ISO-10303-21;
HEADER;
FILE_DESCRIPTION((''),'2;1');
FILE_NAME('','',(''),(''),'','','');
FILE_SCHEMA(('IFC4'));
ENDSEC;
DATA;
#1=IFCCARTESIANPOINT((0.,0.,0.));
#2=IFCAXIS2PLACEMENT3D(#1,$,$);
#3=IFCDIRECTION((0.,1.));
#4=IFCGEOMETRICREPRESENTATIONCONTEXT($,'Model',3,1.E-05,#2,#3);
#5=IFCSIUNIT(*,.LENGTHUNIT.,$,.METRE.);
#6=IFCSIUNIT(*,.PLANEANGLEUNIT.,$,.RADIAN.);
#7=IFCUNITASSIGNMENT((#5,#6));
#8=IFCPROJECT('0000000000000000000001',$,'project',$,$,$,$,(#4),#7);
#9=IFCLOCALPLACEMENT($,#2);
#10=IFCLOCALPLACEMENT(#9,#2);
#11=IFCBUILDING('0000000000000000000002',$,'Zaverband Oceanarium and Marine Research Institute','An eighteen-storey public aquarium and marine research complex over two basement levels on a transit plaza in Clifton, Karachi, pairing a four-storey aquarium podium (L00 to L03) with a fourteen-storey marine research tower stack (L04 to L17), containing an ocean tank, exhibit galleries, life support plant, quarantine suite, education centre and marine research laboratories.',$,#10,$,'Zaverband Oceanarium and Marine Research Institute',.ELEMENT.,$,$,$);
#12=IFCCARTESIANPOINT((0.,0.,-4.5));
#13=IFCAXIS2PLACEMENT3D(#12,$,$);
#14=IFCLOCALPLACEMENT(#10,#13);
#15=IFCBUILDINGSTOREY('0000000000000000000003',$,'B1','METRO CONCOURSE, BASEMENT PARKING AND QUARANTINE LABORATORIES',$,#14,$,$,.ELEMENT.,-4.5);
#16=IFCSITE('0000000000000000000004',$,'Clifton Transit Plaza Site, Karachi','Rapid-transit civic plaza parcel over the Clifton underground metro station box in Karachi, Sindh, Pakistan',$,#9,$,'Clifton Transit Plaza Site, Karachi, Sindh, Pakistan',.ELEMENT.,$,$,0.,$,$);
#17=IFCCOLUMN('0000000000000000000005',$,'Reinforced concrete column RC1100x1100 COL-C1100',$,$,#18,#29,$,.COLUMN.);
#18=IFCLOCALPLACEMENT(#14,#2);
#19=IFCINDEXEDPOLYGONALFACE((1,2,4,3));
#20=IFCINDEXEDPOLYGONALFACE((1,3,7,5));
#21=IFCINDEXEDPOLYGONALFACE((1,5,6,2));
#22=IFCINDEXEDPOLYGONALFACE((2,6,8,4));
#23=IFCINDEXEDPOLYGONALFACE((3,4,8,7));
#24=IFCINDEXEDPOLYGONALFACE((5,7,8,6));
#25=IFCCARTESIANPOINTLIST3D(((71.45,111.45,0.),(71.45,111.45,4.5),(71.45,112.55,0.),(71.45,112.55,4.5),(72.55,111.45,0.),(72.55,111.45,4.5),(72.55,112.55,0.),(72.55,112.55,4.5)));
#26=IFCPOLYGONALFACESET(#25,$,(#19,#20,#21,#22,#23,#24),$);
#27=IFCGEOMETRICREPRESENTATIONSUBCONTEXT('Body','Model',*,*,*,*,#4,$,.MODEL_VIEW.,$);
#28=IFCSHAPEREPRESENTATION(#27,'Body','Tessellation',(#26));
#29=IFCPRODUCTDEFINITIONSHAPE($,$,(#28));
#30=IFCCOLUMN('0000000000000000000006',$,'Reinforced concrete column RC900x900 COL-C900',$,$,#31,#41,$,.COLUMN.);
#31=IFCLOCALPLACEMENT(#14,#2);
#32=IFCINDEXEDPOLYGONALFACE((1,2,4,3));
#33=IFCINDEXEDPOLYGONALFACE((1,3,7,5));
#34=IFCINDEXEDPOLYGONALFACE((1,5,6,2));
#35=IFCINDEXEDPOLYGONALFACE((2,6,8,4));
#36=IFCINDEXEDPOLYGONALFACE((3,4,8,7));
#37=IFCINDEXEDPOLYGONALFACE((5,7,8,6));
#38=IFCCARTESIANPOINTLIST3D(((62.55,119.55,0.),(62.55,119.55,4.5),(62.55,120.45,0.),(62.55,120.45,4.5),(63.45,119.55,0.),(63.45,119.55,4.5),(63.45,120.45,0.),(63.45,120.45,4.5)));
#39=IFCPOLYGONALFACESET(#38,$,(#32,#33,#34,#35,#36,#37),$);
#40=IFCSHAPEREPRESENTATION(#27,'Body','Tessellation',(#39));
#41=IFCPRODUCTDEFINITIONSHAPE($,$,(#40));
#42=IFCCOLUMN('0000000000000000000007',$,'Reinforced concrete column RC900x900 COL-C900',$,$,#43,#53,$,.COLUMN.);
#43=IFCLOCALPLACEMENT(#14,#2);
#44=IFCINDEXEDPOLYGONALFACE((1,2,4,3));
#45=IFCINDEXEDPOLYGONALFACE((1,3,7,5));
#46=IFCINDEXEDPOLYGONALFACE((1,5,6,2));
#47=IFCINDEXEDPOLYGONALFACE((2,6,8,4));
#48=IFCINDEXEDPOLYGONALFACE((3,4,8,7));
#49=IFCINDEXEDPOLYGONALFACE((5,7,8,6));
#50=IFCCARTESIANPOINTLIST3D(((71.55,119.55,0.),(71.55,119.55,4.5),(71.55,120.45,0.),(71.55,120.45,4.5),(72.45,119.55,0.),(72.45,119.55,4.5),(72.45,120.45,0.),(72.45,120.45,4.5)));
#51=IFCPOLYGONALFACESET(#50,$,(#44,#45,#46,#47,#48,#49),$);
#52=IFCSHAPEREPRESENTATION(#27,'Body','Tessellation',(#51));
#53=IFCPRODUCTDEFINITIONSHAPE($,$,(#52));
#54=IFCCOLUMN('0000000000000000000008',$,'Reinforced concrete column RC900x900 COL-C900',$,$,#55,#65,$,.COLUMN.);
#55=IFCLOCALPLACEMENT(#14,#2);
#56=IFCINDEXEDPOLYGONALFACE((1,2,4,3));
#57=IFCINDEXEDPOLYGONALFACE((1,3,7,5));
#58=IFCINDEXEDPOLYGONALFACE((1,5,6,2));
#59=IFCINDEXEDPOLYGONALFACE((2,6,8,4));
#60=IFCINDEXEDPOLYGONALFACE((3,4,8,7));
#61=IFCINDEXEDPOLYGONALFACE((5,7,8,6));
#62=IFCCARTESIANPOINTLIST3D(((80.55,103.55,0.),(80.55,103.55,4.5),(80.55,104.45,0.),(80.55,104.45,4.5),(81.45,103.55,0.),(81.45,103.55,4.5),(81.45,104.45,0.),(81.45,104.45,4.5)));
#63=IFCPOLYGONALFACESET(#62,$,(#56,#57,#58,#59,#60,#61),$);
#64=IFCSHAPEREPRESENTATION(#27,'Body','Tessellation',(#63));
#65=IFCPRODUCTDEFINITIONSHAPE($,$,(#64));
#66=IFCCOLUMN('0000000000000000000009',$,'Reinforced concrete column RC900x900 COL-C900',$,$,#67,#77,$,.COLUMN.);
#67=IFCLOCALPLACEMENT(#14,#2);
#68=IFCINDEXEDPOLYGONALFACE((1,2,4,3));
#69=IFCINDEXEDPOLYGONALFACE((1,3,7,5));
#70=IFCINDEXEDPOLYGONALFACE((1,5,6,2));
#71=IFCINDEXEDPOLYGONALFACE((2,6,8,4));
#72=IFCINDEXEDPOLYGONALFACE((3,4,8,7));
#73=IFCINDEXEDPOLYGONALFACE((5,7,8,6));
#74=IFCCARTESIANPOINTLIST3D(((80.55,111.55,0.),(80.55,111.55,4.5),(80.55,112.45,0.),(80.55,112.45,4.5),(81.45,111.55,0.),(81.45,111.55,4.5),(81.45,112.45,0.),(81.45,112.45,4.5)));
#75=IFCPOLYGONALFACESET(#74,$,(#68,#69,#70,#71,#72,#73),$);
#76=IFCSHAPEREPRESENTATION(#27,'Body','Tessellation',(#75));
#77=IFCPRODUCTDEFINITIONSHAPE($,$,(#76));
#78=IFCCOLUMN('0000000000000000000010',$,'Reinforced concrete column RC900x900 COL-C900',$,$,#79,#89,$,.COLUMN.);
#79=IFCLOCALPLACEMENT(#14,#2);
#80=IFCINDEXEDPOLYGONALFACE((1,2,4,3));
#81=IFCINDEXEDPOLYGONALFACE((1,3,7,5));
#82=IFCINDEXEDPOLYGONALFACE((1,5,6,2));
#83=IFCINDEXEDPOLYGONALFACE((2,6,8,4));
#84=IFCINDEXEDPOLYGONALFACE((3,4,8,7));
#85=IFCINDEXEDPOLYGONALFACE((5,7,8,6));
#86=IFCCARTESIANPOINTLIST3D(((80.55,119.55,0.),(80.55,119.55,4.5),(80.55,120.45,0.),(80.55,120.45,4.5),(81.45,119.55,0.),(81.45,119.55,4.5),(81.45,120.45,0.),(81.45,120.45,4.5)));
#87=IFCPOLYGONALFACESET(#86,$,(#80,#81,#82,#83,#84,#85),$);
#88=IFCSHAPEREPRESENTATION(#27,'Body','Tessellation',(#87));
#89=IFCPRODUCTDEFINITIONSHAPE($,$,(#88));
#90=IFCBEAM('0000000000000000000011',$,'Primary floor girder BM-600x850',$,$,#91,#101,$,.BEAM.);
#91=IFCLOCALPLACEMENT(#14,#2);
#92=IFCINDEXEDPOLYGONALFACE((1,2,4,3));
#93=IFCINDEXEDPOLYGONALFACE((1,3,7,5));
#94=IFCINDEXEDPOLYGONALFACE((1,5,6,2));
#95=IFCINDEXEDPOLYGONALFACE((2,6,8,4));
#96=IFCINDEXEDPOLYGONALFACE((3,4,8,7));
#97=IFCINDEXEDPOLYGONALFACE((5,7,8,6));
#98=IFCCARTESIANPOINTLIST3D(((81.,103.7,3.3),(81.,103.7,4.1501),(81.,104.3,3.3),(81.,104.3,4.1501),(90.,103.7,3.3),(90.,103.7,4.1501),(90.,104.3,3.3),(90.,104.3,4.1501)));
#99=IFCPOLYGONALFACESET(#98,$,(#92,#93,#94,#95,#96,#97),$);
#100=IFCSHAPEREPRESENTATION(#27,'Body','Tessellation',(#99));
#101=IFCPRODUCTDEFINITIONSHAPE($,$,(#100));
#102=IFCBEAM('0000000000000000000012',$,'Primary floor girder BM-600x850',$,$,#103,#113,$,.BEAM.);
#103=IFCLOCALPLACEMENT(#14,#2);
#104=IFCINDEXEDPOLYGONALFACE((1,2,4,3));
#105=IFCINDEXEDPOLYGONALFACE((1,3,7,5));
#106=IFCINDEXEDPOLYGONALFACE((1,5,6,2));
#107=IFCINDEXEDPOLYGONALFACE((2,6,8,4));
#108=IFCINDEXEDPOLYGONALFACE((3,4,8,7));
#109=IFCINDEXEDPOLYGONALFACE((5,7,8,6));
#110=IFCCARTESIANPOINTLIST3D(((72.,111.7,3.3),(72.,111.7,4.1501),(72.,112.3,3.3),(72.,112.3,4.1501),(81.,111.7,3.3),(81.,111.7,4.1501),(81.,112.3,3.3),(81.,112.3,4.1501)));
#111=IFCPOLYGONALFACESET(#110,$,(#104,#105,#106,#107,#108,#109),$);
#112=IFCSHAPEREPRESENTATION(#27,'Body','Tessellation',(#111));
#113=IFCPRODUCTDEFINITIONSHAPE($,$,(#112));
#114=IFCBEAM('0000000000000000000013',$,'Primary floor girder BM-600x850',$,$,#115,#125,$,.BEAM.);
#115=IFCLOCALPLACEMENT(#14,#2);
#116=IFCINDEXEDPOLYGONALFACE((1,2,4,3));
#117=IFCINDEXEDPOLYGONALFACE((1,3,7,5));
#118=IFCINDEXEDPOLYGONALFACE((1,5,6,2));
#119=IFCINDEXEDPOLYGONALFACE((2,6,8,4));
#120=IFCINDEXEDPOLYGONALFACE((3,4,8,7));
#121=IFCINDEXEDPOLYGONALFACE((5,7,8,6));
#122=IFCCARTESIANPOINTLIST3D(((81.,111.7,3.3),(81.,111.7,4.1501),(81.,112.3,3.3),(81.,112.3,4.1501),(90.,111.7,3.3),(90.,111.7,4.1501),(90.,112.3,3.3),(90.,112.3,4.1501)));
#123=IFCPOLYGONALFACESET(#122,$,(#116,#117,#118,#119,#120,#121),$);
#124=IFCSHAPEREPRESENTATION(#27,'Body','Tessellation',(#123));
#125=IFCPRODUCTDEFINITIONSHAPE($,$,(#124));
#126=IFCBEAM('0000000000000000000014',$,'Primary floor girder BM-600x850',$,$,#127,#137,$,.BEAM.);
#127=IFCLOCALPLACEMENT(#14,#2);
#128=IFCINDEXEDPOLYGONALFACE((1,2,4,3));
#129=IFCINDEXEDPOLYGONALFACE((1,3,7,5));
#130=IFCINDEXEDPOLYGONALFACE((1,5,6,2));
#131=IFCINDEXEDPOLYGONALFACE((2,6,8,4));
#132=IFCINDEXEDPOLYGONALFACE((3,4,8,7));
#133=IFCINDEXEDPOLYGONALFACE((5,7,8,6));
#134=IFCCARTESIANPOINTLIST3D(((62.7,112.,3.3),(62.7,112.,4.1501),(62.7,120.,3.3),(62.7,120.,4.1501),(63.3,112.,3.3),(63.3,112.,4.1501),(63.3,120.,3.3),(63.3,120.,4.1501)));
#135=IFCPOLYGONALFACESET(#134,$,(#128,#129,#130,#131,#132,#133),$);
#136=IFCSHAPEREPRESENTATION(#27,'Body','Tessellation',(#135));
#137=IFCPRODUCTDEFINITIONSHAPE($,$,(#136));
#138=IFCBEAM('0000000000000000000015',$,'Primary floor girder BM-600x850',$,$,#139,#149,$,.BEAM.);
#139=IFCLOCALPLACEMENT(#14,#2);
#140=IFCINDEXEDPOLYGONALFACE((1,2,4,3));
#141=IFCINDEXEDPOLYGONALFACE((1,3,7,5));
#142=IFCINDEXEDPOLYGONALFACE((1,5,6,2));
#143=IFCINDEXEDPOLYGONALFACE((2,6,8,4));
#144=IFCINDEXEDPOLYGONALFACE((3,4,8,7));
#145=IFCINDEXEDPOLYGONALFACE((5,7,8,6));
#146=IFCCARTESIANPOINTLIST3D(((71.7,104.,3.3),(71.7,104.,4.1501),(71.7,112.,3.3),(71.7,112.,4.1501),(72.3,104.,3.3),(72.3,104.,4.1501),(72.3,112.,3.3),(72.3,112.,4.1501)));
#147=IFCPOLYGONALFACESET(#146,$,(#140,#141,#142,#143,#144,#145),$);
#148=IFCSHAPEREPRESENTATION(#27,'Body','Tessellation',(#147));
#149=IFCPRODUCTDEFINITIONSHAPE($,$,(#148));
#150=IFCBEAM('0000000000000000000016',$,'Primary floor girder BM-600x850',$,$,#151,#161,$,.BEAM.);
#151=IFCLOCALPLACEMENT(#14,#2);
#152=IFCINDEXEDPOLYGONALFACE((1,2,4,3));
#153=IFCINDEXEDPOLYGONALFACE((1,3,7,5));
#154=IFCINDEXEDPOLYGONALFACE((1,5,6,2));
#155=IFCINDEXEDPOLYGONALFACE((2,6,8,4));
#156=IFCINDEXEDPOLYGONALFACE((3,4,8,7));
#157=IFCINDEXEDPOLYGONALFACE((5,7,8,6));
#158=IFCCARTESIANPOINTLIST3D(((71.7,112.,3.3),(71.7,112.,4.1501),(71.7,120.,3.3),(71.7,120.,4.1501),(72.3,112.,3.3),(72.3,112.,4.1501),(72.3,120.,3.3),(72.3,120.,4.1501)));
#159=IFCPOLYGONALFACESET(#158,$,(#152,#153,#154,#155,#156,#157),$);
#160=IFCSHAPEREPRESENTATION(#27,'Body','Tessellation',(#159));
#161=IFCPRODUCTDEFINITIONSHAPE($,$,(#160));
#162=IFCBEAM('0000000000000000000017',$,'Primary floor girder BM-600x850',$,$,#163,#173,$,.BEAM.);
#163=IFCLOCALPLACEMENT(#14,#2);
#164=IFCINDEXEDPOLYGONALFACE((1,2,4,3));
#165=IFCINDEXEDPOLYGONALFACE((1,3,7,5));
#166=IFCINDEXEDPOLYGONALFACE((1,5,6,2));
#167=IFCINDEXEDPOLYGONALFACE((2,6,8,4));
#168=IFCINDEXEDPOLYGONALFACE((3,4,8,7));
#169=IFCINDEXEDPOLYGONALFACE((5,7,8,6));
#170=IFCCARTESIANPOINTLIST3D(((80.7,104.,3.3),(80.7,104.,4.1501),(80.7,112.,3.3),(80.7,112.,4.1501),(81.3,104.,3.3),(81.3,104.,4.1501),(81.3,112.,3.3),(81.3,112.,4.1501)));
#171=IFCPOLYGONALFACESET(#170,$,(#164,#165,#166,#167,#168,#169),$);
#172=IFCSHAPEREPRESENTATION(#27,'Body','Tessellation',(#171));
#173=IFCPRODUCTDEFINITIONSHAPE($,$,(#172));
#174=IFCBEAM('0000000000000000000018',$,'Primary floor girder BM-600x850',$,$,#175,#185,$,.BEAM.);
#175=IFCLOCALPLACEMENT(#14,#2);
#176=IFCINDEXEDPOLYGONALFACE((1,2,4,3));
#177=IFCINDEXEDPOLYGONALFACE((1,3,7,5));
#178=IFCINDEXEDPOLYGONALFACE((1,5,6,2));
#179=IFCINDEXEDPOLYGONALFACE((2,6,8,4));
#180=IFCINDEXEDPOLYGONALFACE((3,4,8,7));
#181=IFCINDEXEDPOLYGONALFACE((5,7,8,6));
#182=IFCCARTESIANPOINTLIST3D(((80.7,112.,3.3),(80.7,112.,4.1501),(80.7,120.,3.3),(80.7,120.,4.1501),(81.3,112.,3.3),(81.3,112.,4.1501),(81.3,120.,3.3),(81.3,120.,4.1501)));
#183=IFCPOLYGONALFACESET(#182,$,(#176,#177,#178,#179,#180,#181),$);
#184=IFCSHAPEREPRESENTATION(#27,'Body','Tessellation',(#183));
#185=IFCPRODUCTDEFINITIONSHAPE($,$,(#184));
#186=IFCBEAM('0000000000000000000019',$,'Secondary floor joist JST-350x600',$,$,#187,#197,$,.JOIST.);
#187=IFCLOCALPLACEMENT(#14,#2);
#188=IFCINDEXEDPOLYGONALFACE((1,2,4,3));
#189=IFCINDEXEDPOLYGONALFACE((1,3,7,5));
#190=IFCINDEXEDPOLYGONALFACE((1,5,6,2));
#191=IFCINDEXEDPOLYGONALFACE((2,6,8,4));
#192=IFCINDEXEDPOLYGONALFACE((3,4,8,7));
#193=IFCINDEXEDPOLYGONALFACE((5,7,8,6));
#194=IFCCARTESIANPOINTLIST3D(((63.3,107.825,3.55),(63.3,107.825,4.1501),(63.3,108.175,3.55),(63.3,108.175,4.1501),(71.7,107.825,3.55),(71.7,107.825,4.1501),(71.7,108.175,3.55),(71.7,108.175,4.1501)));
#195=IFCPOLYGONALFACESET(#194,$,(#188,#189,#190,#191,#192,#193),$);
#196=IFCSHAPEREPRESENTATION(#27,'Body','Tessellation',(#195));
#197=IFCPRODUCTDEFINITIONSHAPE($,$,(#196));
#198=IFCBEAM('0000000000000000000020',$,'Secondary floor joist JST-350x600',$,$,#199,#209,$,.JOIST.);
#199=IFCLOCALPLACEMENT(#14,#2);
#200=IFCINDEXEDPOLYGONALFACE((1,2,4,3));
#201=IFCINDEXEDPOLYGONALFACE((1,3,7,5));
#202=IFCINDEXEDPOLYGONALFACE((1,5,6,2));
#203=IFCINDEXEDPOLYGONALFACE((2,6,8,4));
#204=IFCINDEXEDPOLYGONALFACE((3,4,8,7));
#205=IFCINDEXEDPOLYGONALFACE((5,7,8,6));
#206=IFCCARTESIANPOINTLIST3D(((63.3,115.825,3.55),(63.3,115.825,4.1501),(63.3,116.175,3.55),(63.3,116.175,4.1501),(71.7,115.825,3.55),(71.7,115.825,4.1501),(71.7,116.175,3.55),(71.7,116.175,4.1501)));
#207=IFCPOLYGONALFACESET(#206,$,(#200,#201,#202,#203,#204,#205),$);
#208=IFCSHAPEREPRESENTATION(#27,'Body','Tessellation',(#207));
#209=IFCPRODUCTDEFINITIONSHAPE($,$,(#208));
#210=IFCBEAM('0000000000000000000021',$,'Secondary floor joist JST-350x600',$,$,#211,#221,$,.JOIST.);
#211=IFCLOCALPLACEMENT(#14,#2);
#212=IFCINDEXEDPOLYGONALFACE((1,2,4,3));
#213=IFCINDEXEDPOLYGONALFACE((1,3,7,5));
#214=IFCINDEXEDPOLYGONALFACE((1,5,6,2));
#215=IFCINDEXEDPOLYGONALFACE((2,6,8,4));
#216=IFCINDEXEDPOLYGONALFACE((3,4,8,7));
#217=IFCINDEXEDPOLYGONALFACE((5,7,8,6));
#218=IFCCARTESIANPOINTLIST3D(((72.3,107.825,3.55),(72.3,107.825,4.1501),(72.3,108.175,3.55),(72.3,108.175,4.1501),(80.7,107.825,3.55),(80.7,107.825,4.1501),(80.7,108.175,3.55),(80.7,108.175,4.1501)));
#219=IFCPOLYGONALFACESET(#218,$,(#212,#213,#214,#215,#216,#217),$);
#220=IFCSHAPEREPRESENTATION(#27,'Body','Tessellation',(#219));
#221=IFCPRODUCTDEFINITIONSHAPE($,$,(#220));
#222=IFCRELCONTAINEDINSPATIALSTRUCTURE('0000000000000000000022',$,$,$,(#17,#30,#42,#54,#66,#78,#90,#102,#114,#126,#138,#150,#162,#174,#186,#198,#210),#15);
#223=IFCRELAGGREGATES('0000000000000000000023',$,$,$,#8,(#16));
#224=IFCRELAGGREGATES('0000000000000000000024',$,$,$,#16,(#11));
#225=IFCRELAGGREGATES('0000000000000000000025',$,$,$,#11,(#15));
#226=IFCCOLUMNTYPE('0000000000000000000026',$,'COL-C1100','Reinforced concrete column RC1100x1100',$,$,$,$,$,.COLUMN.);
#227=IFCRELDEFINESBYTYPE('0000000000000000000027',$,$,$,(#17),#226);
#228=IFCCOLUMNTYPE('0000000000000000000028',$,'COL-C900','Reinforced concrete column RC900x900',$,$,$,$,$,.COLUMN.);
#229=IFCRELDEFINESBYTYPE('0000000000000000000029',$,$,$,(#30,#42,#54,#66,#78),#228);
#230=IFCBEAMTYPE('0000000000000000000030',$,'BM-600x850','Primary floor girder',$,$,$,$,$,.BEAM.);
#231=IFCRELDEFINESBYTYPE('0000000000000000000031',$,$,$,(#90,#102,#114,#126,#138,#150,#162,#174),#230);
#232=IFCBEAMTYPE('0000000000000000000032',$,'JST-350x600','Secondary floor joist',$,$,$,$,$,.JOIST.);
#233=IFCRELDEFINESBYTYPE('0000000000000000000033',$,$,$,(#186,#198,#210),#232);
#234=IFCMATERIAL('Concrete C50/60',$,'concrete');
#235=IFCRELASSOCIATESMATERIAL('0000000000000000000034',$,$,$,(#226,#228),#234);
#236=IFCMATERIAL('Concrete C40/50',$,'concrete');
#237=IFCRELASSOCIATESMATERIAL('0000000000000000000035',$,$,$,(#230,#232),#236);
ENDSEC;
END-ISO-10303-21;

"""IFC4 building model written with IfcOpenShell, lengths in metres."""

from ifc_helpers import new_model, si_unit, direction, frame, origin, origin_2d, place, context, subcontext, project, spatial, rectangle, extrude, material, material_profile, profile_set, type_object, element, save


model = new_model("IFC4")

# Units and contexts
model_context = context("Model", 3, precision=1e-05, world=origin(), true_north=direction((0.0, 1.0)))
body_context = subcontext(model_context, "Body", "Model", "MODEL_VIEW")
ifc_project = project(units=[si_unit("LENGTHUNIT", "METRE"), si_unit("PLANEANGLEUNIT", "RADIAN")], contexts=[model_context])

# Site, building, storey
site_placement = place(None, origin())
site = spatial("IfcSite", under=ifc_project, at=site_placement, Name="Clifton Transit Plaza Site, Karachi", Description="Rapid-transit civic plaza parcel over the Clifton underground metro station box in Karachi, Sindh, Pakistan", LongName="Clifton Transit Plaza Site, Karachi, Sindh, Pakistan", CompositionType="ELEMENT", RefElevation=0.0)
building_placement = place(site_placement, origin())
building = spatial("IfcBuilding", under=site, at=building_placement, Name="Zaverband Oceanarium and Marine Research Institute", Description="An eighteen-storey public aquarium and marine research complex over two basement levels on a transit plaza in Clifton, Karachi, pairing a four-storey aquarium podium (L00 to L03) with a fourteen-storey marine research tower stack (L04 to L17), containing an ocean tank, exhibit galleries, life support plant, quarantine suite, education centre and marine research laboratories.", LongName="Zaverband Oceanarium and Marine Research Institute", CompositionType="ELEMENT")
storey_placement = place(building_placement, frame((0.0, 0.0, -4.5)))
storey = spatial("IfcBuildingStorey", under=building, at=storey_placement, Name="B1", Description="METRO CONCOURSE, BASEMENT PARKING AND QUARANTINE LABORATORIES", CompositionType="ELEMENT", Elevation=-4.5)

# Columns
ifc_material_1 = material(Name="Concrete C50/60", Category="concrete")
ifc_material_profile_1 = material_profile(ifc_material_1, rectangle(XDim=1.1001, YDim=1.1001, at=origin_2d()), Name="RC1100x1100")
ifc_profile_set_1 = profile_set([ifc_material_profile_1], Name="Concrete C50/60")
column_type_1 = type_object("IfcColumnType", Name="COL-C1100", Description="Reinforced concrete column RC1100x1100", PredefinedType="COLUMN", material=ifc_profile_set_1)
column_placement = place(storey_placement, frame((72.0, 112.0, 0.0), z_axis=(0.0, 0.0, 1.0), x_axis=(1.0, 0.0, 0.0)))
element("IfcColumn", 1, at=column_placement, inside=storey, type_object=column_type_1, Name="Reinforced concrete column RC1100x1100 COL-C1100", PredefinedType="COLUMN", context=body_context, shape_type="SweptSolid", body=[
    extrude(rectangle(XDim=1.1001, YDim=1.1001, at=origin_2d()), origin(), (0.0, 0.0, 1.0), 4.5),
])
ifc_material_profile_2 = material_profile(ifc_material_1, rectangle(XDim=0.8999, YDim=0.8999, at=origin_2d()), Name="RC900x900")
ifc_profile_set_2 = profile_set([ifc_material_profile_2], Name="Concrete C50/60")
column_type_2 = type_object("IfcColumnType", Name="COL-C900", Description="Reinforced concrete column RC900x900", PredefinedType="COLUMN", material=ifc_profile_set_2)
for number, where, z_axis, x_axis, name in (
    (2, (63.0, 120.0, 0.0), (0.0, 0.0, 1.0), (1.0, 0.0, 0.0), "Reinforced concrete column RC900x900 COL-C900"),
    (3, (72.0, 120.0, 0.0), (0.0, 0.0, 1.0), (1.0, 0.0, 0.0), "Reinforced concrete column RC900x900 COL-C900"),
    (4, (81.0, 104.0, 0.0), (0.0, 0.0, 1.0), (1.0, 0.0, 0.0), "Reinforced concrete column RC900x900 COL-C900"),
    (5, (81.0, 112.0, 0.0), (0.0, 0.0, 1.0), (1.0, 0.0, 0.0), "Reinforced concrete column RC900x900 COL-C900"),
    (6, (81.0, 120.0, 0.0), (0.0, 0.0, 1.0), (1.0, 0.0, 0.0), "Reinforced concrete column RC900x900 COL-C900"),
):
    element("IfcColumn", number, at=place(storey_placement, frame(where, z_axis=z_axis, x_axis=x_axis)), inside=storey, type_object=column_type_2, Name=name, PredefinedType="COLUMN", context=body_context, shape_type="SweptSolid", body=[
        extrude(rectangle(XDim=0.8999, YDim=0.8999, at=origin_2d()), origin(), (0.0, 0.0, 1.0), 4.5),
    ])

# Beams
ifc_material_2 = material(Name="Concrete C40/50", Category="concrete")
ifc_material_profile_3 = material_profile(ifc_material_2, rectangle(XDim=0.6001, YDim=0.8501, at=origin_2d()), Name="RC600x850")
ifc_profile_set_3 = profile_set([ifc_material_profile_3], Name="Concrete C40/50")
beam_type_1 = type_object("IfcBeamType", Name="BM-600x850", Description="Primary floor girder", PredefinedType="BEAM", material=ifc_profile_set_3)
for number, where, z_axis, x_axis, name in (
    (7, (81.0, 104.0, 3.7251), (1.0, 0.0, 0.0), (0.0, 1.0, 0.0), "Primary floor girder BM-600x850"),
    (8, (72.0, 112.0, 3.7251), (1.0, 0.0, 0.0), (0.0, 1.0, 0.0), "Primary floor girder BM-600x850"),
    (9, (81.0, 112.0, 3.7251), (1.0, 0.0, 0.0), (0.0, 1.0, 0.0), "Primary floor girder BM-600x850"),
):
    element("IfcBeam", number, at=place(storey_placement, frame(where, z_axis=z_axis, x_axis=x_axis)), inside=storey, type_object=beam_type_1, Name=name, PredefinedType="BEAM", context=body_context, shape_type="SweptSolid", body=[
        extrude(rectangle(XDim=0.6001, YDim=0.8501, at=origin_2d()), origin(), (0.0, 0.0, 1.0), 9.0),
    ])
for number, where, z_axis, x_axis, name in (
    (10, (63.0, 112.0, 3.7251), (0.0, 1.0, 0.0), (-1.0, 0.0, 0.0), "Primary floor girder BM-600x850"),
    (11, (72.0, 104.0, 3.7251), (0.0, 1.0, 0.0), (-1.0, 0.0, 0.0), "Primary floor girder BM-600x850"),
    (12, (72.0, 112.0, 3.7251), (0.0, 1.0, 0.0), (-1.0, 0.0, 0.0), "Primary floor girder BM-600x850"),
    (13, (81.0, 104.0, 3.7251), (0.0, 1.0, 0.0), (-1.0, 0.0, 0.0), "Primary floor girder BM-600x850"),
    (14, (81.0, 112.0, 3.7251), (0.0, 1.0, 0.0), (-1.0, 0.0, 0.0), "Primary floor girder BM-600x850"),
):
    element("IfcBeam", number, at=place(storey_placement, frame(where, z_axis=z_axis, x_axis=x_axis)), inside=storey, type_object=beam_type_1, Name=name, PredefinedType="BEAM", context=body_context, shape_type="SweptSolid", body=[
        extrude(rectangle(XDim=0.6001, YDim=0.8501, at=origin_2d()), origin(), (0.0, 0.0, 1.0), 8.0),
    ])
ifc_material_profile_4 = material_profile(ifc_material_2, rectangle(XDim=0.3501, YDim=0.6001, at=origin_2d()), Name="RC350x600")
ifc_profile_set_4 = profile_set([ifc_material_profile_4], Name="Concrete C40/50")
beam_type_2 = type_object("IfcBeamType", Name="JST-350x600", Description="Secondary floor joist", PredefinedType="JOIST", material=ifc_profile_set_4)
for number, where, z_axis, x_axis, name in (
    (15, (63.3, 108.0, 3.8501), (1.0, 0.0, 0.0), (0.0, 1.0, 0.0), "Secondary floor joist JST-350x600"),
    (16, (63.3, 116.0, 3.8501), (1.0, 0.0, 0.0), (0.0, 1.0, 0.0), "Secondary floor joist JST-350x600"),
    (17, (72.3, 108.0, 3.8501), (1.0, 0.0, 0.0), (0.0, 1.0, 0.0), "Secondary floor joist JST-350x600"),
):
    element("IfcBeam", number, at=place(storey_placement, frame(where, z_axis=z_axis, x_axis=x_axis)), inside=storey, type_object=beam_type_2, Name=name, PredefinedType="JOIST", context=body_context, shape_type="SweptSolid", body=[
        extrude(rectangle(XDim=0.3501, YDim=0.6001, at=origin_2d()), origin(), (0.0, 0.0, 1.0), 8.3999),
    ])

save(model, "model.ifc")
